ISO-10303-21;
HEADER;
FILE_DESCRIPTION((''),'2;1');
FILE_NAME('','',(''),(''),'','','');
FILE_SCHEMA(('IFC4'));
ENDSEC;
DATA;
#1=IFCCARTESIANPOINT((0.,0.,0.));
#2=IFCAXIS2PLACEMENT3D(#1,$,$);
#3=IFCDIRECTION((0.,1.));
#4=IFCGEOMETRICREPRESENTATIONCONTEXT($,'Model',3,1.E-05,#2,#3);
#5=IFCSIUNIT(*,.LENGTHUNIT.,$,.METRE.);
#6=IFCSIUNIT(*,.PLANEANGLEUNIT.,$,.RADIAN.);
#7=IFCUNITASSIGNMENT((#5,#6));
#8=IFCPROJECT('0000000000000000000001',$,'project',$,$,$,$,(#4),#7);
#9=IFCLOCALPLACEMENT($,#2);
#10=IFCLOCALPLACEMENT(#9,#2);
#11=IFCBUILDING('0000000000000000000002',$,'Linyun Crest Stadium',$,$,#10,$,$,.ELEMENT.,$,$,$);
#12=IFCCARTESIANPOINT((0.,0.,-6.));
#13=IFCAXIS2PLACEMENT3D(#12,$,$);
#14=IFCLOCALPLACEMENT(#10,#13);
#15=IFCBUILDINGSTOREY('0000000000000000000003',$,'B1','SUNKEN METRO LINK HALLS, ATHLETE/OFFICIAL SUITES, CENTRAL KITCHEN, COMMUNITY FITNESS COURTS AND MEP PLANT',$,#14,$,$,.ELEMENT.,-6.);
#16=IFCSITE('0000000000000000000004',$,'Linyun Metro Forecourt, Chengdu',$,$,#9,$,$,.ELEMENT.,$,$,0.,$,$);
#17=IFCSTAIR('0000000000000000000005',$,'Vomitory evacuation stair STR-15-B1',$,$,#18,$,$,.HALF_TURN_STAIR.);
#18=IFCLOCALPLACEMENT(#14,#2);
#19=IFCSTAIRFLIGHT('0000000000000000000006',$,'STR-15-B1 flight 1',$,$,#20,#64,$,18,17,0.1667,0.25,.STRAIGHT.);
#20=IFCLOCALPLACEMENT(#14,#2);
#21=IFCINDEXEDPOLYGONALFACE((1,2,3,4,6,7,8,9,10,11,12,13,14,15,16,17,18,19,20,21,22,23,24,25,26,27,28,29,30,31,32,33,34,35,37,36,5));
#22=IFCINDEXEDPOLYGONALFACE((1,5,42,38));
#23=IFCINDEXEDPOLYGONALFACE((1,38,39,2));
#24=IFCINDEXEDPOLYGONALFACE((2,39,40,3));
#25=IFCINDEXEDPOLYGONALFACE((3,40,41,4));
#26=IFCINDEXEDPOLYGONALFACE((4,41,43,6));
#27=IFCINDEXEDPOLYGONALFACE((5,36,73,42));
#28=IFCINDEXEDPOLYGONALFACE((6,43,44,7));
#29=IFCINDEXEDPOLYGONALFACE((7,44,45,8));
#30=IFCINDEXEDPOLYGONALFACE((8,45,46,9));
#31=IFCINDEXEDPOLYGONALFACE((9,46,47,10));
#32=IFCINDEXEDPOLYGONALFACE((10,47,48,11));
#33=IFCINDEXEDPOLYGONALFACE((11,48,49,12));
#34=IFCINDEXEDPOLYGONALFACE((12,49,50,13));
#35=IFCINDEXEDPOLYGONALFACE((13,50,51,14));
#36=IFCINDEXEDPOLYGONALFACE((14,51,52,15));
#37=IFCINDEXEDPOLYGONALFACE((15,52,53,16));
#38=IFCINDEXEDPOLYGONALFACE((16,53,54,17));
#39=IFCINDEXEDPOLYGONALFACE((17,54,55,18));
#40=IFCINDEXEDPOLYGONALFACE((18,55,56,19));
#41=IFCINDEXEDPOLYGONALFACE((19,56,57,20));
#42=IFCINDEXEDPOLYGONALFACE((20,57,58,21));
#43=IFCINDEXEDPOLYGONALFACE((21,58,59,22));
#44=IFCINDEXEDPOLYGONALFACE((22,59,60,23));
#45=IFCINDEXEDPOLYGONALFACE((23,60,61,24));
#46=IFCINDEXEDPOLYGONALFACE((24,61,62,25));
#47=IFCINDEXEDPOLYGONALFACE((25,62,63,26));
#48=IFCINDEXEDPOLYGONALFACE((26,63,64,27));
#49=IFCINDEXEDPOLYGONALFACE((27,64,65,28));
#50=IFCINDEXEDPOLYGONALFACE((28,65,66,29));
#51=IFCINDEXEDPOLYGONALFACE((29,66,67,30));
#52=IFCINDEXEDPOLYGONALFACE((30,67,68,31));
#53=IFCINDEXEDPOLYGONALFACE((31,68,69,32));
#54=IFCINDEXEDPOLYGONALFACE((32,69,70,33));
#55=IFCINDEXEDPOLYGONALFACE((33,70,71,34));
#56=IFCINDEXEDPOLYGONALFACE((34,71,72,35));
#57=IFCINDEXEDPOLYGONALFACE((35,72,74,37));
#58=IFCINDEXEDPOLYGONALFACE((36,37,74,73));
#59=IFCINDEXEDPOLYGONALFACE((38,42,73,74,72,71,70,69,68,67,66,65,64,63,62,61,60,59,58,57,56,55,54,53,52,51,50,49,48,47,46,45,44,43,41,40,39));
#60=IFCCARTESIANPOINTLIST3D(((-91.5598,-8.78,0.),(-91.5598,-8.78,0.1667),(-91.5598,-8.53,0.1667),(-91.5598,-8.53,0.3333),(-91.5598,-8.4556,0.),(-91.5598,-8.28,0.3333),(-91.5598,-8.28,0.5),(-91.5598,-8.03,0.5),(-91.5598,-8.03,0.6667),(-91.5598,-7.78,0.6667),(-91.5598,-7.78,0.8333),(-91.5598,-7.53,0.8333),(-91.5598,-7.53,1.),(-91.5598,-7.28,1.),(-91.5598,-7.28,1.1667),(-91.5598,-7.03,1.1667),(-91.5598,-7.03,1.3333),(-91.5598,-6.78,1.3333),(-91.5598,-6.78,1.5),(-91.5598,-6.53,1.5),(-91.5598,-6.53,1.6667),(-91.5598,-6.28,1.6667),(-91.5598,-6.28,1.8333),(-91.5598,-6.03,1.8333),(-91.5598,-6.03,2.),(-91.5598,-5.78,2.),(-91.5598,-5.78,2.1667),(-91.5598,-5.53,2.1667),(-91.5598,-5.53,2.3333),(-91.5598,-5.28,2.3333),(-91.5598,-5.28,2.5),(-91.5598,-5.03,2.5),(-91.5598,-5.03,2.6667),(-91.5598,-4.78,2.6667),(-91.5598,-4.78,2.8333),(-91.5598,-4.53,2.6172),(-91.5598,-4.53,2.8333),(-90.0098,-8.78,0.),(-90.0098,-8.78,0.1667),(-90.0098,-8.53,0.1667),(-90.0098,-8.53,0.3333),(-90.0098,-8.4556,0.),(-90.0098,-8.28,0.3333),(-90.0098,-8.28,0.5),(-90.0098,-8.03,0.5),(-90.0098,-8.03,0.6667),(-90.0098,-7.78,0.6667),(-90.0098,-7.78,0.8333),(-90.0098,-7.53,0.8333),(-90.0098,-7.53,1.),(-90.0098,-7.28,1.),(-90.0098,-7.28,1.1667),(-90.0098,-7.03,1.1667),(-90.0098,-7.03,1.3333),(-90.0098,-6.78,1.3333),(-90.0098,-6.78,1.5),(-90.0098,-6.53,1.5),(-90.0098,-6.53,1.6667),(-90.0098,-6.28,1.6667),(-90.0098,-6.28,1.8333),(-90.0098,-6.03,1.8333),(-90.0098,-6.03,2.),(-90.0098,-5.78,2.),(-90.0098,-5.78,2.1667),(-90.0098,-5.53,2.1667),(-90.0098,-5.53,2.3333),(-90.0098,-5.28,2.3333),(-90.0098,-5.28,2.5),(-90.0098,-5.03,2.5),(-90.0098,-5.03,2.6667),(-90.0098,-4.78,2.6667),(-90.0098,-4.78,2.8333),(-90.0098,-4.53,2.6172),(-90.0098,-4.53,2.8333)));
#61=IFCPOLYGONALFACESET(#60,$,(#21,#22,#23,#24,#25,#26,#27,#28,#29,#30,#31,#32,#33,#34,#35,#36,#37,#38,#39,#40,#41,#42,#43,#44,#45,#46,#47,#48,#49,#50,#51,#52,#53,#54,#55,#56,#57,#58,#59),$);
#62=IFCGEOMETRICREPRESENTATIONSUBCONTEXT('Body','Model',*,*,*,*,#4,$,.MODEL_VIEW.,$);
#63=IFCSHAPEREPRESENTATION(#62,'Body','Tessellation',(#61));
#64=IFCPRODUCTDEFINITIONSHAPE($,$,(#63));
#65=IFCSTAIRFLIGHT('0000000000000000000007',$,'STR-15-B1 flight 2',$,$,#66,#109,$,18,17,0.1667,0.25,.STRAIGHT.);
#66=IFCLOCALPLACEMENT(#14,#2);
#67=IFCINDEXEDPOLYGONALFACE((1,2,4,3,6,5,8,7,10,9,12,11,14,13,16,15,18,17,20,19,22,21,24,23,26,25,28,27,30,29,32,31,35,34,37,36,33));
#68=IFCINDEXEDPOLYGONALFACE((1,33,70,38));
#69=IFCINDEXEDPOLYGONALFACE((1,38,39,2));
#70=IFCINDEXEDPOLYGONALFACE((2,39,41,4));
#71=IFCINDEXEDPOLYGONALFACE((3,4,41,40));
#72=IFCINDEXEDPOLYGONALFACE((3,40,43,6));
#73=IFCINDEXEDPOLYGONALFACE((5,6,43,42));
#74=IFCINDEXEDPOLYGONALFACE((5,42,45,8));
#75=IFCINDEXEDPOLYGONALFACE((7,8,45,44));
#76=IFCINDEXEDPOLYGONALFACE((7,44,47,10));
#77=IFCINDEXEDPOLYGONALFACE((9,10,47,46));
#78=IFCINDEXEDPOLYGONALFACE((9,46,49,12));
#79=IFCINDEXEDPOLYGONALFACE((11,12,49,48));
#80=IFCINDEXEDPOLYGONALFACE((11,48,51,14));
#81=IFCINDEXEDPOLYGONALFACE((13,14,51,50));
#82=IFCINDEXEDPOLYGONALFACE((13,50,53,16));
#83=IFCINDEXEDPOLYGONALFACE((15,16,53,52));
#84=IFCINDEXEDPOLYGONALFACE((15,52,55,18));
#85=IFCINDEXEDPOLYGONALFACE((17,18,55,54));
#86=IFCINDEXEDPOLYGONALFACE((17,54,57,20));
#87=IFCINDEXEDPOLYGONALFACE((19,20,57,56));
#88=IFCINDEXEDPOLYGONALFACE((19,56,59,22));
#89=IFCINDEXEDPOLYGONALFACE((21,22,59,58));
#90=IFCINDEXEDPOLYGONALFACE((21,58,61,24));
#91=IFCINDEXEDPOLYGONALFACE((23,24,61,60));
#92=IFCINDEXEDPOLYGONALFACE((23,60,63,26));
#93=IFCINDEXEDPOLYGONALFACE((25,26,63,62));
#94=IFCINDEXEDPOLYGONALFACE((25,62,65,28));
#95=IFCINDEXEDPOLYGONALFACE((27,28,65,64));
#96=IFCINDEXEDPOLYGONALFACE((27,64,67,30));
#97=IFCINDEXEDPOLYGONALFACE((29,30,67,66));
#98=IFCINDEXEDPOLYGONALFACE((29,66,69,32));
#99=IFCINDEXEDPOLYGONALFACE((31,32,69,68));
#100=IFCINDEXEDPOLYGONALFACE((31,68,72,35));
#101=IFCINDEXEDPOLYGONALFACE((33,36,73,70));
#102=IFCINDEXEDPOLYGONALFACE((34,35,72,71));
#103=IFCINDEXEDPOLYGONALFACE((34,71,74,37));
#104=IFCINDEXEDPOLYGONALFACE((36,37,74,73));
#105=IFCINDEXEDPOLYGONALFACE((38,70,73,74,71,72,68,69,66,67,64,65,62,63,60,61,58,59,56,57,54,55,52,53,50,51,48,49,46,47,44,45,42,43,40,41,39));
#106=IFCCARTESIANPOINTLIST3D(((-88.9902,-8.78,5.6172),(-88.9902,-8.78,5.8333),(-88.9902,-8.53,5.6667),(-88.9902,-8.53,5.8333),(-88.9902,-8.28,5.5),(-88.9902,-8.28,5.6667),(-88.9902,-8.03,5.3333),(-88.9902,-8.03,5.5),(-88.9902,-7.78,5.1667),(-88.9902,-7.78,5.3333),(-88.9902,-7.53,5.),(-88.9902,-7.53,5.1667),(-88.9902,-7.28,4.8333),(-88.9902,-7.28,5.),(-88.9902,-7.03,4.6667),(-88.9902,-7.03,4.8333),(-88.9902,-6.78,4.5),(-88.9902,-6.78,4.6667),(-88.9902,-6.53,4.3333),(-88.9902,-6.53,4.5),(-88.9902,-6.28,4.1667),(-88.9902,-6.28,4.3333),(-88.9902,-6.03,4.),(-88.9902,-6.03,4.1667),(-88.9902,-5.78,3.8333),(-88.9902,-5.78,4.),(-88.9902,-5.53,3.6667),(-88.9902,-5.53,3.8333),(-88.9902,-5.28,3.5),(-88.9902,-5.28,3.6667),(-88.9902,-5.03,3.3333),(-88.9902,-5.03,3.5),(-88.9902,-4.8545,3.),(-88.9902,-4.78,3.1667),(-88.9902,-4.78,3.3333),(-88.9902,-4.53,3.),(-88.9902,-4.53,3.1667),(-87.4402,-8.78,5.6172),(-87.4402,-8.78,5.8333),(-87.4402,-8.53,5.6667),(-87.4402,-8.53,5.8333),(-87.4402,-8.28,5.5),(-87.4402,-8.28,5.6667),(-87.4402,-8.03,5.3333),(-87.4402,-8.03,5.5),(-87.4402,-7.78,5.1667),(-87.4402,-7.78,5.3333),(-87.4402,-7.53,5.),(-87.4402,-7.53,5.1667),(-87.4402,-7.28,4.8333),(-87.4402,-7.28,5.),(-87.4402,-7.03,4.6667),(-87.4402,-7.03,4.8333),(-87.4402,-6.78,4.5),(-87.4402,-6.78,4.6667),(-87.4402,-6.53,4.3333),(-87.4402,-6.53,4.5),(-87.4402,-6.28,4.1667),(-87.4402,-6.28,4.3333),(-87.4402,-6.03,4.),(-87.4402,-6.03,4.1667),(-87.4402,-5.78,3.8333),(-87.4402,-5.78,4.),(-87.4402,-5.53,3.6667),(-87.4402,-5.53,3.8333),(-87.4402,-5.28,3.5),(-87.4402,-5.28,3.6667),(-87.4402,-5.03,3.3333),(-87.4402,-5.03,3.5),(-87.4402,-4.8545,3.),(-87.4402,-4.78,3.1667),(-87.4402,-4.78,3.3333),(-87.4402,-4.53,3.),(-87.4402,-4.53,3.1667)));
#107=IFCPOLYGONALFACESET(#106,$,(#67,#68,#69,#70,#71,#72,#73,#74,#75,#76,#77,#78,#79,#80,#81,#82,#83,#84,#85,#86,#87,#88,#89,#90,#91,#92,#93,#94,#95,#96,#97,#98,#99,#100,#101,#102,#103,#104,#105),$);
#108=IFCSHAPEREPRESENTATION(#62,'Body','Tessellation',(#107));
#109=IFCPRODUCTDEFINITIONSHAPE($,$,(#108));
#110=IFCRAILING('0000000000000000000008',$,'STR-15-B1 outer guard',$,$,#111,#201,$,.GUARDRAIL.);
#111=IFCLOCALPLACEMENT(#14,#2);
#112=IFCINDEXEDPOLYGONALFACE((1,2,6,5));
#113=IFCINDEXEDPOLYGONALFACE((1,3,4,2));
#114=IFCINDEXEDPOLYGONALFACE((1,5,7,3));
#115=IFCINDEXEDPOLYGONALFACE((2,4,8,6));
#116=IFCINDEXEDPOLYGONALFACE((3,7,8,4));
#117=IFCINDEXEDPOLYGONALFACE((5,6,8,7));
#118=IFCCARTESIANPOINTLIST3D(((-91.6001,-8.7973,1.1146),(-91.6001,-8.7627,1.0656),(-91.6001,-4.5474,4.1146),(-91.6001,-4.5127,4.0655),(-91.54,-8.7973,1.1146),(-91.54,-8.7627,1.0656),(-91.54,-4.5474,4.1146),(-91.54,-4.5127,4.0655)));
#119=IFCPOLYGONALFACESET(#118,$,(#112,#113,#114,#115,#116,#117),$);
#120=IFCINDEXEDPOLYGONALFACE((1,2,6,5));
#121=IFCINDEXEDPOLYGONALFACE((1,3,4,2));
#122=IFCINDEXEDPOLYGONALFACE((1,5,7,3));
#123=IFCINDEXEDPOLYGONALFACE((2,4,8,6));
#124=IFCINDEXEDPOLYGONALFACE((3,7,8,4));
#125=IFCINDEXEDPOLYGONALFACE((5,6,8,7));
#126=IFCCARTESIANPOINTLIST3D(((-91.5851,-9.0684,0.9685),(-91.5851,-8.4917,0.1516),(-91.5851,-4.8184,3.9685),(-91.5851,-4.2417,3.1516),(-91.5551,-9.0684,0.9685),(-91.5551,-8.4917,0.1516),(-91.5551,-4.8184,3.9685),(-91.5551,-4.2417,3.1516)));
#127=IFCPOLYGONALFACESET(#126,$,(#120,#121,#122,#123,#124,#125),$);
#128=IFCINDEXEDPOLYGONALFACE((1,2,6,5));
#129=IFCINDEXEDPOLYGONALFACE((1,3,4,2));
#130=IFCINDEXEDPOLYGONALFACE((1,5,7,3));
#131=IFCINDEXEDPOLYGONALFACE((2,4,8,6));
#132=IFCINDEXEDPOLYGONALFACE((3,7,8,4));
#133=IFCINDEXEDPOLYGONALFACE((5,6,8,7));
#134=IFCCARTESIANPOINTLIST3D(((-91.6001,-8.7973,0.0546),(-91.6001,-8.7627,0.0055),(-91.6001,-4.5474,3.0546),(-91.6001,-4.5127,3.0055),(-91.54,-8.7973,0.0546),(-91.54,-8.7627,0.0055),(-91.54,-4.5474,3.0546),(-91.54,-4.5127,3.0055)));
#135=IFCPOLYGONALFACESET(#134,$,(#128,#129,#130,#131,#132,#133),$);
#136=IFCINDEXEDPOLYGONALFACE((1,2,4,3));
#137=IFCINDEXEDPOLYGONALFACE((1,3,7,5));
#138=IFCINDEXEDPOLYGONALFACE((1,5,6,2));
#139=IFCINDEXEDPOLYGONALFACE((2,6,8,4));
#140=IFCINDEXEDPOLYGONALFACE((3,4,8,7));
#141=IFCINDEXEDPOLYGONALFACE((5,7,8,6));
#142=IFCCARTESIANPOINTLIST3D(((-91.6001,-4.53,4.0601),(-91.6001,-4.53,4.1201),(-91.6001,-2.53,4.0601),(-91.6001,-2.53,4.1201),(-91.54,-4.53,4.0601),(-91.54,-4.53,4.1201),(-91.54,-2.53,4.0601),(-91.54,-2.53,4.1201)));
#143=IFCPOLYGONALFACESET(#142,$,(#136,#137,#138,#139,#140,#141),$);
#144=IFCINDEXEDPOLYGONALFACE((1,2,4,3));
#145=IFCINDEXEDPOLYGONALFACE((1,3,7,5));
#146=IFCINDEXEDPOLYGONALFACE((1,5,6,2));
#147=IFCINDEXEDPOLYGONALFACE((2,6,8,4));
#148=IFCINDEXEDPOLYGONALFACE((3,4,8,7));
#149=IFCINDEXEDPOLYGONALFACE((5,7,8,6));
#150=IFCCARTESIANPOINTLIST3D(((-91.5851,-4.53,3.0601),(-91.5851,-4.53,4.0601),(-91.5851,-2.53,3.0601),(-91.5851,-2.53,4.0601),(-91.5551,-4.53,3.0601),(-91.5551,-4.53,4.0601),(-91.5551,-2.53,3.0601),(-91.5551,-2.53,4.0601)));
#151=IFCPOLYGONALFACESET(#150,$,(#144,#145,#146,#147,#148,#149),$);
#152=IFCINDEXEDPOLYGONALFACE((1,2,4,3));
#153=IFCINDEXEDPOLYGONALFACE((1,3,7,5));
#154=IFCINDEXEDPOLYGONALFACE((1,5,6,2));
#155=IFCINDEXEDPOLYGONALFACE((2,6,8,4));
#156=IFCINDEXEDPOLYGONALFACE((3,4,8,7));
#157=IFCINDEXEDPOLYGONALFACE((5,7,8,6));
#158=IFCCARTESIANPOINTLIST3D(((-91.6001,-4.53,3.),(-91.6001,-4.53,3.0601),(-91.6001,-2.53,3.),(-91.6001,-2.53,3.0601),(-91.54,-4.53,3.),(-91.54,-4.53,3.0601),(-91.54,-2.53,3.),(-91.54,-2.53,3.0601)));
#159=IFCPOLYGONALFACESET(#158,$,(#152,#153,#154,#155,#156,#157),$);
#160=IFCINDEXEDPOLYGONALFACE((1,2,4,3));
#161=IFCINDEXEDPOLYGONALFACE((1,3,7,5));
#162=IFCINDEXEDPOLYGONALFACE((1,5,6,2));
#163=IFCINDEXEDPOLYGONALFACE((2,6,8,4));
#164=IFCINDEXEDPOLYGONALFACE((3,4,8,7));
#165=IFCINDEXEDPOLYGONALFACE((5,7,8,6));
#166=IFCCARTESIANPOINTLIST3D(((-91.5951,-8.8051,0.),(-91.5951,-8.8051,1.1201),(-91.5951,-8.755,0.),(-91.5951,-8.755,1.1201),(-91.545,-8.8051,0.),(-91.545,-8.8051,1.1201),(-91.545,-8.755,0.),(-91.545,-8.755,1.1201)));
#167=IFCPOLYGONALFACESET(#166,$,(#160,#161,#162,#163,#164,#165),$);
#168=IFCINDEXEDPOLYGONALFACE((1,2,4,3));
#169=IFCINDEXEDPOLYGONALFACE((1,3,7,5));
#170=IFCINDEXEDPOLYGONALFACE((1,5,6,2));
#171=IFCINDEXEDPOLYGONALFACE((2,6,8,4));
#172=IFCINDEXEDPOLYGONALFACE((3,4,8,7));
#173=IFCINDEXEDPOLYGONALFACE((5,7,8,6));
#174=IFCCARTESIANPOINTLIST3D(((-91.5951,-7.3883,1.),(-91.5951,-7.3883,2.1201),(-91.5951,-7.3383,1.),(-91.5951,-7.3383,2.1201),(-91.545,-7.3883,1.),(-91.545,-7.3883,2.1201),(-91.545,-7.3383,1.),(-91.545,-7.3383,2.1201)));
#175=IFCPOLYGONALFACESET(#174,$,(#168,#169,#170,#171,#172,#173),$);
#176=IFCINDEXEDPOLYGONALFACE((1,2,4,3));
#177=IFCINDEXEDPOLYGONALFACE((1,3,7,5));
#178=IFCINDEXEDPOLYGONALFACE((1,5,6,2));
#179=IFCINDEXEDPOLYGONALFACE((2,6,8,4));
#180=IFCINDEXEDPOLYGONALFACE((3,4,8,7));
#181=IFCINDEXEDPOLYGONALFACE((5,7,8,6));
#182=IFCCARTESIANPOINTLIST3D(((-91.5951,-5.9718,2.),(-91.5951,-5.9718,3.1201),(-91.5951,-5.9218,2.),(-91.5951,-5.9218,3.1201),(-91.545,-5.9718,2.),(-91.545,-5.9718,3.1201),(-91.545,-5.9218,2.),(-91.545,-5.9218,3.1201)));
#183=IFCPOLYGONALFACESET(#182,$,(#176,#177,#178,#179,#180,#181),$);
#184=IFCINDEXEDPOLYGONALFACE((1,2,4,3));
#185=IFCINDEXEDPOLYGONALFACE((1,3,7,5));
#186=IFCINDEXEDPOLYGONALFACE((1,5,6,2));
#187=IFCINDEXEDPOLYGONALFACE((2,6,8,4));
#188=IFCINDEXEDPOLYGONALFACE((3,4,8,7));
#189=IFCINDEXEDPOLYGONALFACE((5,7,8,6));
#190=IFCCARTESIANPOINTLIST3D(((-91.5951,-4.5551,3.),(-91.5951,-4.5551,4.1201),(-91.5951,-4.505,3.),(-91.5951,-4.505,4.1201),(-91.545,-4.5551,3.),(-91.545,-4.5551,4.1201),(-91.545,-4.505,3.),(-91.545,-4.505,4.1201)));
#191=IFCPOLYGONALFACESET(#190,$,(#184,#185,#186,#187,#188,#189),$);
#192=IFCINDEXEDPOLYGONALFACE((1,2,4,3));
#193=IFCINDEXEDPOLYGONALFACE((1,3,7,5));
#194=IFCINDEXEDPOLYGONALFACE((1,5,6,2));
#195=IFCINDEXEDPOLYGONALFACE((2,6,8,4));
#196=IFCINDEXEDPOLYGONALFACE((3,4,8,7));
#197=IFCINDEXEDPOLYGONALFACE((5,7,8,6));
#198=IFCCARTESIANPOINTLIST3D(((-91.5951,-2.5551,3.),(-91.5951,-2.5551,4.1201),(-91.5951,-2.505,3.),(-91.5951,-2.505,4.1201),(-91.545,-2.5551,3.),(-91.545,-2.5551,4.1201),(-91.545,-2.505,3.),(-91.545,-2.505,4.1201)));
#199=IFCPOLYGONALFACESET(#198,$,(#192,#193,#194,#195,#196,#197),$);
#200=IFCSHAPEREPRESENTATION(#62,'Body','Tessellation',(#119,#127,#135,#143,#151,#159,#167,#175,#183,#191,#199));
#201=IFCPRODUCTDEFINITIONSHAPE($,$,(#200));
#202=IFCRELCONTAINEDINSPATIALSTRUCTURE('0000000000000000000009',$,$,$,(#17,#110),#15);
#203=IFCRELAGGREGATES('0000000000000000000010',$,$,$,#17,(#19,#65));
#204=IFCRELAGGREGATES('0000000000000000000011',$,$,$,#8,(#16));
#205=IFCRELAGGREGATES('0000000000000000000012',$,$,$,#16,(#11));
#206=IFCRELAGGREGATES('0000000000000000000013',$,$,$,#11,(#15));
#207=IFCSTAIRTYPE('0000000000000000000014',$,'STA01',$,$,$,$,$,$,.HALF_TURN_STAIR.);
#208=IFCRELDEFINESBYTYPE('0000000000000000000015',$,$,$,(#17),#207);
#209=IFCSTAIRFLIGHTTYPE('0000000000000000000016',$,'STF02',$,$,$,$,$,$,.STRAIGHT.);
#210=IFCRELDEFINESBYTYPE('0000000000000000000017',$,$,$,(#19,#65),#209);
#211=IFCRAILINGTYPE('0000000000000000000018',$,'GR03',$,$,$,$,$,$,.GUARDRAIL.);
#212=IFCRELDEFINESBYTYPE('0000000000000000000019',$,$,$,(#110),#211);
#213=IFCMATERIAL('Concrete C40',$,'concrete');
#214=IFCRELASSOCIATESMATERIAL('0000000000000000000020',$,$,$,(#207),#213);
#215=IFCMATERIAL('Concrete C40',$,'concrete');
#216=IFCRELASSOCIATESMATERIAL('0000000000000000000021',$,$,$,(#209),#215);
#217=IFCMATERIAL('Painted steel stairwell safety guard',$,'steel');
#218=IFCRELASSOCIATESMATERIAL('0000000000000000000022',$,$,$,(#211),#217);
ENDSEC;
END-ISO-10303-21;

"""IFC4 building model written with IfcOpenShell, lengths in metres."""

from ifc_helpers import new_model, si_unit, direction, frame, origin, origin_2d, place, context, subcontext, project, spatial, polyline, rectangle, outline, extrude, material, type_object, element, aggregate, save


model = new_model("IFC4")

# Units and contexts
model_context = context("Model", 3, precision=1e-05, world=origin(), true_north=direction((0.0, 1.0)))
body_context = subcontext(model_context, "Body", "Model", "MODEL_VIEW")
ifc_project = project(units=[si_unit("LENGTHUNIT", "METRE"), si_unit("PLANEANGLEUNIT", "RADIAN")], contexts=[model_context])

# Site, building, storey
site_placement = place(None, origin())
site = spatial("IfcSite", under=ifc_project, at=site_placement, Name="Linyun Metro Forecourt, Chengdu", CompositionType="ELEMENT", RefElevation=0.0)
building_placement = place(site_placement, origin())
building = spatial("IfcBuilding", under=site, at=building_placement, Name="Linyun Crest Stadium", CompositionType="ELEMENT")
storey_placement = place(building_placement, frame((0.0, 0.0, -6.0)))
storey = spatial("IfcBuildingStorey", under=building, at=storey_placement, Name="B1", Description="SUNKEN METRO LINK HALLS, ATHLETE/OFFICIAL SUITES, CENTRAL KITCHEN, COMMUNITY FITNESS COURTS AND MEP PLANT", CompositionType="ELEMENT", Elevation=-6.0)

# Stair, stair flights
ifc_material_1 = material(Name="Concrete C40", Category="concrete")
stair_type = type_object("IfcStairType", Name="STA01", PredefinedType="HALF_TURN_STAIR", material=ifc_material_1)
stair_placement = place(storey_placement, origin())
stair = element("IfcStair", 1, at=stair_placement, inside=storey, type_object=stair_type, Name="Vomitory evacuation stair STR-15-B1", PredefinedType="HALF_TURN_STAIR")
ifc_material_2 = material(Name="Concrete C40", Category="concrete")
stair_flight_type = type_object("IfcStairFlightType", Name="STF02", PredefinedType="STRAIGHT", material=ifc_material_2)
stair_flight_1_placement = place(storey_placement, frame((-90.7849, -8.78, 0.0), z_axis=(0.0, 0.0, 1.0), x_axis=(0.0, 1.0, 0.0)))
stair_flight_1 = element("IfcStairFlight", 2, at=stair_flight_1_placement, type_object=stair_flight_type, Name="STR-15-B1 flight 1", NumberOfRisers=18, NumberOfTreads=17, PredefinedType="STRAIGHT", RiserHeight=0.1667, TreadLength=0.25, context=body_context, shape_type="SweptSolid", body=[
    extrude(outline(polyline([(0.0, 0.0), (0.0, 0.1667), (0.25, 0.1667), (0.25, 0.3333), (0.5, 0.3333), (0.5, 0.5), (0.75, 0.5), (0.75, 0.6667), (1.0, 0.6667), (1.0, 0.8333), (1.25, 0.8333), (1.25, 1.0), (1.5, 1.0), (1.5, 1.1667), (1.75, 1.1667), (1.75, 1.3333), (2.0, 1.3333), (2.0, 1.5), (2.25, 1.5), (2.25, 1.6667), (2.5, 1.6667), (2.5, 1.8333), (2.75, 1.8333), (2.75, 2.0), (3.0, 2.0), (3.0, 2.1667), (3.25, 2.1667), (3.25, 2.3333), (3.5, 2.3333), (3.5, 2.5), (3.75, 2.5), (3.75, 2.6667), (4.0, 2.6667), (4.0, 2.8333), (4.25, 2.8333), (4.25, 3.0), (4.25, 2.6172), (0.3245, 0.0), (0.0, 0.0)])), frame((0.0, 0.7749, 0.0), z_axis=(0.0, -1.0, 0.0), x_axis=(1.0, 0.0, 0.0)), (0.0, 0.0, 1.0), 1.55),
])
stair_flight_2_placement = place(storey_placement, frame((-88.2151, -4.53, 3.0), z_axis=(0.0, 0.0, 1.0), x_axis=(0.0, -1.0, 0.0)))
stair_flight_2 = element("IfcStairFlight", 3, at=stair_flight_2_placement, type_object=stair_flight_type, Name="STR-15-B1 flight 2", NumberOfRisers=18, NumberOfTreads=17, PredefinedType="STRAIGHT", RiserHeight=0.1667, TreadLength=0.25, context=body_context, shape_type="SweptSolid", body=[
    extrude(outline(polyline([(0.0, 0.0), (0.0, 0.1667), (0.25, 0.1667), (0.25, 0.3333), (0.5, 0.3333), (0.5, 0.5), (0.75, 0.5), (0.75, 0.6667), (1.0, 0.6667), (1.0, 0.8333), (1.25, 0.8333), (1.25, 1.0), (1.5, 1.0), (1.5, 1.1667), (1.75, 1.1667), (1.75, 1.3333), (2.0, 1.3333), (2.0, 1.5), (2.25, 1.5), (2.25, 1.6667), (2.5, 1.6667), (2.5, 1.8333), (2.75, 1.8333), (2.75, 2.0), (3.0, 2.0), (3.0, 2.1667), (3.25, 2.1667), (3.25, 2.3333), (3.5, 2.3333), (3.5, 2.5), (3.75, 2.5), (3.75, 2.6667), (4.0, 2.6667), (4.0, 2.8333), (4.25, 2.8333), (4.25, 3.0), (4.25, 2.6172), (0.3245, 0.0), (0.0, 0.0)])), frame((0.0, 0.7749, 0.0), z_axis=(0.0, -1.0, 0.0), x_axis=(1.0, 0.0, 0.0)), (0.0, 0.0, 1.0), 1.55),
])
aggregate(stair, [stair_flight_1, stair_flight_2])

# Railing
ifc_material_3 = material(Name="Painted steel stairwell safety guard", Category="steel")
railing_type_1 = type_object("IfcRailingType", Name="GR03", PredefinedType="GUARDRAIL", material=ifc_material_3)
railing_1_placement = place(storey_placement, frame((-91.5701, -8.78, 0.0)))
element("IfcRailing", 4, at=railing_1_placement, inside=storey, type_object=railing_type_1, Name="STR-15-B1 outer guard", PredefinedType="GUARDRAIL", context=body_context, shape_type="SweptSolid", body=[
    extrude(rectangle(XDim=0.0601, YDim=0.0601, at=origin_2d()), frame((0.0, 0.0, 1.0901), z_axis=(0.0, 0.816968, 0.576683), x_axis=(-1.0, 0.0, 0.0)), (0.0, 0.0, 1.0), 5.2021),
    extrude(rectangle(XDim=0.03, YDim=1.0, at=origin_2d()), frame((0.0, 0.0, 0.5601), z_axis=(0.0, 0.816968, 0.576683), x_axis=(-1.0, 0.0, 0.0)), (0.0, 0.0, 1.0), 5.2021),
    extrude(rectangle(XDim=0.0601, YDim=0.0601, at=origin_2d()), frame((0.0, 0.0, 0.03), z_axis=(0.0, 0.816968, 0.576683), x_axis=(-1.0, 0.0, 0.0)), (0.0, 0.0, 1.0), 5.2021),
    extrude(rectangle(XDim=0.0601, YDim=0.0601, at=origin_2d()), frame((0.0, 4.25, 4.0901), z_axis=(0.0, 1.0, 0.0), x_axis=(-1.0, 0.0, 0.0)), (0.0, 0.0, 1.0), 2.0),
    extrude(rectangle(XDim=0.03, YDim=1.0, at=origin_2d()), frame((0.0, 4.25, 3.5601), z_axis=(0.0, 1.0, 0.0), x_axis=(-1.0, 0.0, 0.0)), (0.0, 0.0, 1.0), 2.0),
    extrude(rectangle(XDim=0.0601, YDim=0.0601, at=origin_2d()), frame((0.0, 4.25, 3.03), z_axis=(0.0, 1.0, 0.0), x_axis=(-1.0, 0.0, 0.0)), (0.0, 0.0, 1.0), 2.0),
    extrude(rectangle(XDim=0.05, YDim=0.05, at=origin_2d()), origin(), (0.0, 0.0, 1.0), 1.1201),
    extrude(rectangle(XDim=0.05, YDim=0.05, at=origin_2d()), frame((0.0, 1.4167, 1.0)), (0.0, 0.0, 1.0), 1.1201),
    extrude(rectangle(XDim=0.05, YDim=0.05, at=origin_2d()), frame((0.0, 2.8333, 2.0)), (0.0, 0.0, 1.0), 1.1201),
    extrude(rectangle(XDim=0.05, YDim=0.05, at=origin_2d()), frame((0.0, 4.25, 3.0)), (0.0, 0.0, 1.0), 1.1201),
    extrude(rectangle(XDim=0.05, YDim=0.05, at=origin_2d()), frame((0.0, 6.25, 3.0)), (0.0, 0.0, 1.0), 1.1201),
])

save(model, "model.ifc")
